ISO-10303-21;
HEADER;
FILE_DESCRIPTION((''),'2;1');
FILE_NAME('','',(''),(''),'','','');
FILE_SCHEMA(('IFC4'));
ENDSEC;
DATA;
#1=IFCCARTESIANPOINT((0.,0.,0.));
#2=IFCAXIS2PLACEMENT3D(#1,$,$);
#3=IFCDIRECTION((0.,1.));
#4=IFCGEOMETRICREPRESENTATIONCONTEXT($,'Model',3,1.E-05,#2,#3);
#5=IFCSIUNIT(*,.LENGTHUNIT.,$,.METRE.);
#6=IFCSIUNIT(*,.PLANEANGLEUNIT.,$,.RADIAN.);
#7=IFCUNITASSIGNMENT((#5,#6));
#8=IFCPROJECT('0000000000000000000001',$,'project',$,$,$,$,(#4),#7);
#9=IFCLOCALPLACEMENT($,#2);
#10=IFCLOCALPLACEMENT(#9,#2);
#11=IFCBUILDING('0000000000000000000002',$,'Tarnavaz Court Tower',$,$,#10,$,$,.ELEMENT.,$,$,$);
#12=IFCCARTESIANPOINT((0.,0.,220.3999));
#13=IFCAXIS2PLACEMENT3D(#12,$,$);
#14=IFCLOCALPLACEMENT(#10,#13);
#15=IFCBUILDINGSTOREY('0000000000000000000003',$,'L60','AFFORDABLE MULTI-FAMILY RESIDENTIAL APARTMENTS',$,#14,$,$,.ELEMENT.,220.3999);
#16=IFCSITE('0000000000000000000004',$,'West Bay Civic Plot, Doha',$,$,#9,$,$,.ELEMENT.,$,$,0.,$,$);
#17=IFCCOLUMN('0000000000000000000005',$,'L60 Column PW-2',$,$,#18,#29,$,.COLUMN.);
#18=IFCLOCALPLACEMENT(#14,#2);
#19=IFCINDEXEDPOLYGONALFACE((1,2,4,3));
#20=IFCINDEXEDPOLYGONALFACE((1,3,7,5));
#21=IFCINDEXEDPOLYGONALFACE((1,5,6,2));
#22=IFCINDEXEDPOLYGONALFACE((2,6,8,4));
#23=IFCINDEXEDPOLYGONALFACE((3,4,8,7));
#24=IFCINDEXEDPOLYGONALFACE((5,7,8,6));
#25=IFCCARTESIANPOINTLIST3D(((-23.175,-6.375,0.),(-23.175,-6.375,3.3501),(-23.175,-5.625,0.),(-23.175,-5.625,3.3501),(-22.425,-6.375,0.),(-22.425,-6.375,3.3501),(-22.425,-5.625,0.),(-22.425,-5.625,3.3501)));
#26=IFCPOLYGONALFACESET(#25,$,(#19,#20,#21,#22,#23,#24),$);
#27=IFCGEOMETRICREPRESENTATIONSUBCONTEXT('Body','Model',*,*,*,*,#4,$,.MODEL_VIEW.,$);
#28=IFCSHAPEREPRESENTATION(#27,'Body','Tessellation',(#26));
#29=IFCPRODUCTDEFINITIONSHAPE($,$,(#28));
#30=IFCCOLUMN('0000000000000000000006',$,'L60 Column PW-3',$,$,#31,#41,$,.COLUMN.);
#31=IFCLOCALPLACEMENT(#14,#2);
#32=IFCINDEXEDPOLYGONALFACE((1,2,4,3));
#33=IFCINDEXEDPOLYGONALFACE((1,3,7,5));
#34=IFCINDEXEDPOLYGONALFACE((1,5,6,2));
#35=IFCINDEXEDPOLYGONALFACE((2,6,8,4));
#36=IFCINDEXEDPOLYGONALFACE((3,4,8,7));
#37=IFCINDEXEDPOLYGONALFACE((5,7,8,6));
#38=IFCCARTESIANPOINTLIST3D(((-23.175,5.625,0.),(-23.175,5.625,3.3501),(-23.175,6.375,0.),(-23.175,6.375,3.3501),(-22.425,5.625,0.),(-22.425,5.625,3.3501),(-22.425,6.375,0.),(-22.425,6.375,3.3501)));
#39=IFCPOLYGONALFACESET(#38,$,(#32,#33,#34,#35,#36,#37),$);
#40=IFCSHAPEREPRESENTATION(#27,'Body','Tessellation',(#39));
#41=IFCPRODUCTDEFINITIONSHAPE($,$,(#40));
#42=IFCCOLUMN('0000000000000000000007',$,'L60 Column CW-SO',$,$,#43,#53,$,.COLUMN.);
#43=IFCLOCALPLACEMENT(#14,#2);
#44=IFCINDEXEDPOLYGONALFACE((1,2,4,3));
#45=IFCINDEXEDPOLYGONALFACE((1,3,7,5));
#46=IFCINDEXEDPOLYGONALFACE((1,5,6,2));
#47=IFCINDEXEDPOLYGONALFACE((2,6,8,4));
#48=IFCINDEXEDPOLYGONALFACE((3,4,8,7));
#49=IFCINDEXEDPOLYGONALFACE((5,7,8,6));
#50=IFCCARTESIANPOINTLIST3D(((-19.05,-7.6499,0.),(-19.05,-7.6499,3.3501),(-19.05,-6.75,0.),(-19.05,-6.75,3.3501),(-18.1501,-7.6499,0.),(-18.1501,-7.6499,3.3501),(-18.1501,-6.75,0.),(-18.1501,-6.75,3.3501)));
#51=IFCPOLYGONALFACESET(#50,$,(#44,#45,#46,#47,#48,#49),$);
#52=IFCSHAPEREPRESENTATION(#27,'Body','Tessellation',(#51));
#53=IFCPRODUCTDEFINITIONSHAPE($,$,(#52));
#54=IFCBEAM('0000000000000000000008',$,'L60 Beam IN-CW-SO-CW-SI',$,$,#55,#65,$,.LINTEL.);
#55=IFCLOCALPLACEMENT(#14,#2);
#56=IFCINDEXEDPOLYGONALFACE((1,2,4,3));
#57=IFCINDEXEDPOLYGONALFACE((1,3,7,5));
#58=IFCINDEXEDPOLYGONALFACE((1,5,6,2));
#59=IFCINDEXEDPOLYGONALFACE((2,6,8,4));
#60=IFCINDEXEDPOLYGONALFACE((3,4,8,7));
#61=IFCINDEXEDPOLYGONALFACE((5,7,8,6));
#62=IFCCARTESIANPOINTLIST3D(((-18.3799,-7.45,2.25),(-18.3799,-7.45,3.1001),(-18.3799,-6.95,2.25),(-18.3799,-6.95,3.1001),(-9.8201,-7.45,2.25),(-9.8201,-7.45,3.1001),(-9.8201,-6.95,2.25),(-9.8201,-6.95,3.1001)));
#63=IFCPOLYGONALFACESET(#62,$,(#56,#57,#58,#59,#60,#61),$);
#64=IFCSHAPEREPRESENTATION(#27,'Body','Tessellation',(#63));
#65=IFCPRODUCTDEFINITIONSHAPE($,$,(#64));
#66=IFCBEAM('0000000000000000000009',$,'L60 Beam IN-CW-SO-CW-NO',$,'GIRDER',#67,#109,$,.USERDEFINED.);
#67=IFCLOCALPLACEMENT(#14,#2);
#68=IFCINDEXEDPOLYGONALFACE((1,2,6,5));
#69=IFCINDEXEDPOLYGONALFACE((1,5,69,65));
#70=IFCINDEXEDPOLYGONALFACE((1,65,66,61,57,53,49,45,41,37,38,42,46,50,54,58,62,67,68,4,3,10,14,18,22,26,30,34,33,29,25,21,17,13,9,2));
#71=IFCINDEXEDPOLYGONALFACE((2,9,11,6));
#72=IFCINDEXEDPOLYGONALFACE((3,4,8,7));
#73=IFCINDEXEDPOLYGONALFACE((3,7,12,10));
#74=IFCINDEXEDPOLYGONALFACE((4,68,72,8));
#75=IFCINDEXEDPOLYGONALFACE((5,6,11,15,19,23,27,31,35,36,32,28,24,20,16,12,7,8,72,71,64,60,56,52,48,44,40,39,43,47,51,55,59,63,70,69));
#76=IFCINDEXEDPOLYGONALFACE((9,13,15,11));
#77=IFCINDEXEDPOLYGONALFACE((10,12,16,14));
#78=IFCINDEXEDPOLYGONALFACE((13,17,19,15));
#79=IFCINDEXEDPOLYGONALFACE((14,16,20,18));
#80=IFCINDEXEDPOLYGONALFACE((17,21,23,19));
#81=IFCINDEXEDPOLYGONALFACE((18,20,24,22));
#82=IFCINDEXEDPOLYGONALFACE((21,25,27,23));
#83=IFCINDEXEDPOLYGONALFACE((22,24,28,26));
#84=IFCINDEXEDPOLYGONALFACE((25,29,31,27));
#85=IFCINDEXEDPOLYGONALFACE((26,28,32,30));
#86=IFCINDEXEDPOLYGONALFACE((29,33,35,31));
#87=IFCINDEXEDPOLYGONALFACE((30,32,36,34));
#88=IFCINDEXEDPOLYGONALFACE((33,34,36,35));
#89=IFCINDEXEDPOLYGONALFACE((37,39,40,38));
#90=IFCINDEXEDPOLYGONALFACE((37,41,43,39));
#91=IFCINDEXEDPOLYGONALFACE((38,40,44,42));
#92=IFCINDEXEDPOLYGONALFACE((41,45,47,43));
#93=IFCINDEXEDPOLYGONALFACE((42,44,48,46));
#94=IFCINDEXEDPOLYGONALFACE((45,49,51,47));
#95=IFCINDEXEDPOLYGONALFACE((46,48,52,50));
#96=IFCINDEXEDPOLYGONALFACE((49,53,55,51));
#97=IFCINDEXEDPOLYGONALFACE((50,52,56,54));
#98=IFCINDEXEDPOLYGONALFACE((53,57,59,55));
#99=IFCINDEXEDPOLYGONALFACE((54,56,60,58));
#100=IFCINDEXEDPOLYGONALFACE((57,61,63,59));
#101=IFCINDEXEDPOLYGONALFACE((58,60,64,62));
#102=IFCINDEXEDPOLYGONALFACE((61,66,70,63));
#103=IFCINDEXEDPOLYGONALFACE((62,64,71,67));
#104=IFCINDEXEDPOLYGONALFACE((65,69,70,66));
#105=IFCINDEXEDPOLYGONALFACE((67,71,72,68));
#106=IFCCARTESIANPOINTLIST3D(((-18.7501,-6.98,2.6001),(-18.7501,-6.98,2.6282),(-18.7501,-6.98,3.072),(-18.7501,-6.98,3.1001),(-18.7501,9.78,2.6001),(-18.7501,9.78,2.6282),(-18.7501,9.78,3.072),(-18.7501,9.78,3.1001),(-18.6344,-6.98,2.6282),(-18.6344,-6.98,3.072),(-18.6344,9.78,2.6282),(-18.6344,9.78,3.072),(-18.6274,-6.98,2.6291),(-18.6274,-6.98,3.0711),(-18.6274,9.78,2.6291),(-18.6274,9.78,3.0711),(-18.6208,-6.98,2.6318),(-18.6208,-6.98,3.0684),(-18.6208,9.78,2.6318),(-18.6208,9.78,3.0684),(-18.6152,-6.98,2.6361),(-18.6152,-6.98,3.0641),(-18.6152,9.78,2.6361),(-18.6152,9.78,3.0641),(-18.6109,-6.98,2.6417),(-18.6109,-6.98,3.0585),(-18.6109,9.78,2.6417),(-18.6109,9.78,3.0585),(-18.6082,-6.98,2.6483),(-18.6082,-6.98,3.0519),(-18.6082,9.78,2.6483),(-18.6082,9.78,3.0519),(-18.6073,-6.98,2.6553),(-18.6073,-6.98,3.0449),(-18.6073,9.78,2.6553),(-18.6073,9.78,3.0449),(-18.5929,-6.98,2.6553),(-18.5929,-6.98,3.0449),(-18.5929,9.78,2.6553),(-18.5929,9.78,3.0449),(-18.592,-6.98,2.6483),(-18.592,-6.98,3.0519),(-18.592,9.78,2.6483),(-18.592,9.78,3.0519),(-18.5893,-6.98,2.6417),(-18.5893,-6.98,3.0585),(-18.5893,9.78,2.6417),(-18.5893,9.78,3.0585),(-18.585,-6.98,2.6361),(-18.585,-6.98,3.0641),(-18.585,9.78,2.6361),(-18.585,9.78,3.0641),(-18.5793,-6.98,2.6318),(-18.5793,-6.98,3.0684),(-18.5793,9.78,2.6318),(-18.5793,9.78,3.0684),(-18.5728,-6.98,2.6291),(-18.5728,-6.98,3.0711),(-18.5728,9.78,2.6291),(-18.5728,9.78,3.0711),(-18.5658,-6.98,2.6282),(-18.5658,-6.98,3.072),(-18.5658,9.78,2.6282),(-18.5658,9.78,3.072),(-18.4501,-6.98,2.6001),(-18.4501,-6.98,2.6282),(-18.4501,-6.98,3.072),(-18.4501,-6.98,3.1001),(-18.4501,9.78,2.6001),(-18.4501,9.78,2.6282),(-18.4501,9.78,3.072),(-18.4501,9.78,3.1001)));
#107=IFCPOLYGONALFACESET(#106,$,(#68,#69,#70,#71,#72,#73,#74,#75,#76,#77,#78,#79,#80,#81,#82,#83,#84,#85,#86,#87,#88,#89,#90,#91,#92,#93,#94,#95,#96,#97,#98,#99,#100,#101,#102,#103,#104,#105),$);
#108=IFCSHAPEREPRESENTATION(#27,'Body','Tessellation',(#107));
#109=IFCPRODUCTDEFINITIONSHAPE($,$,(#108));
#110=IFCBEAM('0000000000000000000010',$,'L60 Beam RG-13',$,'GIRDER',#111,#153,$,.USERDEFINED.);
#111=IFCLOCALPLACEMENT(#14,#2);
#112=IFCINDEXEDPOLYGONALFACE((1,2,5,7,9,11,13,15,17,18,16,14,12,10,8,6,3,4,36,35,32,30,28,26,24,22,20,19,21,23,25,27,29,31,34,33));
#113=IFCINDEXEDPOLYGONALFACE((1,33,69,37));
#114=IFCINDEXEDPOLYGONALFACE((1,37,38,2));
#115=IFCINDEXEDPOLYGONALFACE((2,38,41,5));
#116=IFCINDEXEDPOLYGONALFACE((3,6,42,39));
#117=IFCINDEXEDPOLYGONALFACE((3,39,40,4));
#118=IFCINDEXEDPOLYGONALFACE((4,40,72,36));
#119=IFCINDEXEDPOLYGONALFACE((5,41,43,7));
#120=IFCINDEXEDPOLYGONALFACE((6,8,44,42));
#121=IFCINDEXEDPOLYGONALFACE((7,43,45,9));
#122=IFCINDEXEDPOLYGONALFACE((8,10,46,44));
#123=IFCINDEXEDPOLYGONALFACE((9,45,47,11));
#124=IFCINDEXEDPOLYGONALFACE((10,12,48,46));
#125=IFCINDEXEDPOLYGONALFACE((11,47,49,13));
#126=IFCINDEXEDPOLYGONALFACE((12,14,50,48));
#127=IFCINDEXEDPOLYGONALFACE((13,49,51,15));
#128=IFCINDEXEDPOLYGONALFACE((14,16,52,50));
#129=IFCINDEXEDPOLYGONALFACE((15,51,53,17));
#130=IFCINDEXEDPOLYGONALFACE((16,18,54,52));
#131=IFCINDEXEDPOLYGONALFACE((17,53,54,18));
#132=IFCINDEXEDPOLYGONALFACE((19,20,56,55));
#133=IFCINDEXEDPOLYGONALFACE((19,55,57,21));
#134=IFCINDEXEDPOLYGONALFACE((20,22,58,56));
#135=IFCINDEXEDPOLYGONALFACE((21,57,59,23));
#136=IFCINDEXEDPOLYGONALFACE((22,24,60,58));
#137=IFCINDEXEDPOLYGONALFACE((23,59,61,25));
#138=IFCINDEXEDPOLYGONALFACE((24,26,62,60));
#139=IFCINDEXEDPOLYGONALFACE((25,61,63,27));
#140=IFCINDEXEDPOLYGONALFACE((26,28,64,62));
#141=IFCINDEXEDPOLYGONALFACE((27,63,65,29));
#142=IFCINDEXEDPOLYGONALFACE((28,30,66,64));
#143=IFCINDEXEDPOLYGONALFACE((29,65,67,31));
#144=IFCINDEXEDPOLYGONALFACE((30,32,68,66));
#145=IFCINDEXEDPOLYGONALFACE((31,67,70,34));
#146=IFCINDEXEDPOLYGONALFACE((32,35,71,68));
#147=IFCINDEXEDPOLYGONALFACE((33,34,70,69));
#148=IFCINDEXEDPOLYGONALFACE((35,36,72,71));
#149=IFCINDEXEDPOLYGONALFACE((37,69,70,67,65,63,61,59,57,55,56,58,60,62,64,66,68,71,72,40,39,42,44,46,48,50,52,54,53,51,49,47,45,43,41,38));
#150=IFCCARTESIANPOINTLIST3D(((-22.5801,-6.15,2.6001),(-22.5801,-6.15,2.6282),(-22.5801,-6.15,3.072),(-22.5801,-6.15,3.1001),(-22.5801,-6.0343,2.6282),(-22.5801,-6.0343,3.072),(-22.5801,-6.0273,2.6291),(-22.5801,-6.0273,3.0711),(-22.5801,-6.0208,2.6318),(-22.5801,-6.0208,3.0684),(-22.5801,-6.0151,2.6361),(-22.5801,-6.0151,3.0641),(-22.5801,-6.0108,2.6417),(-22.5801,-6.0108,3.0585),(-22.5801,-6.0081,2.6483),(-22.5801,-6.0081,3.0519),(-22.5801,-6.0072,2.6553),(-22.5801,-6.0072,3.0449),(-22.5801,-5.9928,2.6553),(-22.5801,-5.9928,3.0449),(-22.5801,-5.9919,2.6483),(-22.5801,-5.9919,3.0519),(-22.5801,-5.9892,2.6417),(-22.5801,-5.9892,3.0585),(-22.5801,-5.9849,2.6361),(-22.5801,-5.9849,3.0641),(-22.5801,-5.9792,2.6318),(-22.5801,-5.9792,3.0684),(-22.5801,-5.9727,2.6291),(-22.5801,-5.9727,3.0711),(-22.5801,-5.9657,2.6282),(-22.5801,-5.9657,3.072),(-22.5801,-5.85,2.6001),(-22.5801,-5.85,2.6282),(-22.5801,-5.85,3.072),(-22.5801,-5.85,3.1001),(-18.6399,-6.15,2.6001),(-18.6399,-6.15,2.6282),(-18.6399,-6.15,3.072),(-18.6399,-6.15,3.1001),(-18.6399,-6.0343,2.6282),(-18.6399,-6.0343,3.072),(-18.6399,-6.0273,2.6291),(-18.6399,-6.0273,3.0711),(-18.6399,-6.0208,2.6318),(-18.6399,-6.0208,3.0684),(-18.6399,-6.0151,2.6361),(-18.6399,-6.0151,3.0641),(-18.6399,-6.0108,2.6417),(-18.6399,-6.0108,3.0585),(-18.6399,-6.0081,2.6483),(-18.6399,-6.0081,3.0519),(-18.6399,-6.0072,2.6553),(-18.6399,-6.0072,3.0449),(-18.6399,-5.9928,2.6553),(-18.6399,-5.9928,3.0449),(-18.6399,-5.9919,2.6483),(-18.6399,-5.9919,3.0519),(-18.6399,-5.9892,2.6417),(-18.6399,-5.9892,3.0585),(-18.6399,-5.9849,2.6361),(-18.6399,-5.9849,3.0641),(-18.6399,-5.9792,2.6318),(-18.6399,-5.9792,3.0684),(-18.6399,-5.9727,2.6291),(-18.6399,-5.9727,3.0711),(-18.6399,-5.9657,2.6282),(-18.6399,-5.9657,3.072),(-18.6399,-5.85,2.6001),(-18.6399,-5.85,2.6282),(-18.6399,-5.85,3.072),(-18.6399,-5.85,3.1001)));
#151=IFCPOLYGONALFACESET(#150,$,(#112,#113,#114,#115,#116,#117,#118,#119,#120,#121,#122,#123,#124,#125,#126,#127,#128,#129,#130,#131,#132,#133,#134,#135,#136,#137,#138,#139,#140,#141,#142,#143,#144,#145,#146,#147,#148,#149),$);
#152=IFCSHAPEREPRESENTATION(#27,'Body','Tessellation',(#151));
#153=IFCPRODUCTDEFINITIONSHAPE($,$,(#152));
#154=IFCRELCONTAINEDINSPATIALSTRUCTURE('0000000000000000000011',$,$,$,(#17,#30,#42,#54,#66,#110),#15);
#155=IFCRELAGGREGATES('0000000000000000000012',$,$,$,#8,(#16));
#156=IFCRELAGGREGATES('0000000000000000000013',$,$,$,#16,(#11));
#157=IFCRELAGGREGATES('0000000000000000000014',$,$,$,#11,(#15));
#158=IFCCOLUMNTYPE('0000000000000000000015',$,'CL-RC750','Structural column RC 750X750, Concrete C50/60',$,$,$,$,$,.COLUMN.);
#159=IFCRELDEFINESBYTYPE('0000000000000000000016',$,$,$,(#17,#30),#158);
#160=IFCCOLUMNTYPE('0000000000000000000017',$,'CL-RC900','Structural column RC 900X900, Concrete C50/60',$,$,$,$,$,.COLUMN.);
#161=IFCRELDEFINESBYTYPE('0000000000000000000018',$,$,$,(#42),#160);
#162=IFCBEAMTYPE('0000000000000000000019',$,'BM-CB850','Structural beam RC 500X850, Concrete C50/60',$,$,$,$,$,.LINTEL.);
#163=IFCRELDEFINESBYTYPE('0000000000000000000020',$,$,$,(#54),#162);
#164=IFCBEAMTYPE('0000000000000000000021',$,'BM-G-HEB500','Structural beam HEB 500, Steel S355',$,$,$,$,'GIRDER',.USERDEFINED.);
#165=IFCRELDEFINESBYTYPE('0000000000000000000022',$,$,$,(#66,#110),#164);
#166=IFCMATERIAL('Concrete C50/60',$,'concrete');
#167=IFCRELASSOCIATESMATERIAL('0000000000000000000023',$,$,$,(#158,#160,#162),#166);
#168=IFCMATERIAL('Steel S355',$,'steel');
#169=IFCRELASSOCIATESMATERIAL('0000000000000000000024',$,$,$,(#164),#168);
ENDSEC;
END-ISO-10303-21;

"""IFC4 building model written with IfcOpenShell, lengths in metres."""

from ifc_helpers import new_model, si_unit, direction, frame, origin, origin_2d, place, context, subcontext, project, spatial, rectangle, i_section, extrude, material, material_profile, profile_set, type_object, element, save


model = new_model("IFC4")

# Units and contexts
model_context = context("Model", 3, precision=1e-05, world=origin(), true_north=direction((0.0, 1.0)))
body_context = subcontext(model_context, "Body", "Model", "MODEL_VIEW")
ifc_project = project(units=[si_unit("LENGTHUNIT", "METRE"), si_unit("PLANEANGLEUNIT", "RADIAN")], contexts=[model_context])

# Site, building, storey
site_placement = place(None, origin())
site = spatial("IfcSite", under=ifc_project, at=site_placement, Name="West Bay Civic Plot, Doha", CompositionType="ELEMENT", RefElevation=0.0)
building_placement = place(site_placement, origin())
building = spatial("IfcBuilding", under=site, at=building_placement, Name="Tarnavaz Court Tower", CompositionType="ELEMENT")
storey_placement = place(building_placement, frame((0.0, 0.0, 220.3999)))
storey = spatial("IfcBuildingStorey", under=building, at=storey_placement, Name="L60", Description="AFFORDABLE MULTI-FAMILY RESIDENTIAL APARTMENTS", CompositionType="ELEMENT", Elevation=220.3999)

# Columns
ifc_material_1 = material(Name="Concrete C50/60", Category="concrete")
ifc_material_profile_1 = material_profile(ifc_material_1, rectangle(XDim=0.75, YDim=0.75, at=origin_2d()), Name="RC 750X750")
ifc_profile_set_1 = profile_set([ifc_material_profile_1], Name="Concrete C50/60")
column_type_1 = type_object("IfcColumnType", Name="CL-RC750", Description="Structural column RC 750X750, Concrete C50/60", PredefinedType="COLUMN", material=ifc_profile_set_1)
for number, where, z_axis, x_axis, name in (
    (1, (-22.8, -6.0, 0.0), (0.0, 0.0, 1.0), (1.0, 0.0, 0.0), "L60 Column PW-2"),
    (2, (-22.8, 6.0, 0.0), (0.0, 0.0, 1.0), (1.0, 0.0, 0.0), "L60 Column PW-3"),
):
    element("IfcColumn", number, at=place(storey_placement, frame(where, z_axis=z_axis, x_axis=x_axis)), inside=storey, type_object=column_type_1, Name=name, PredefinedType="COLUMN", context=body_context, shape_type="SweptSolid", body=[
        extrude(rectangle(XDim=0.75, YDim=0.75, at=origin_2d()), origin(), (0.0, 0.0, 1.0), 3.3501),
    ])
ifc_material_profile_2 = material_profile(ifc_material_1, rectangle(XDim=0.8999, YDim=0.8999, at=origin_2d()), Name="RC 900X900")
ifc_profile_set_2 = profile_set([ifc_material_profile_2], Name="Concrete C50/60")
column_type_2 = type_object("IfcColumnType", Name="CL-RC900", Description="Structural column RC 900X900, Concrete C50/60", PredefinedType="COLUMN", material=ifc_profile_set_2)
column_placement = place(storey_placement, frame((-18.6001, -7.2, 0.0), z_axis=(0.0, 0.0, 1.0), x_axis=(1.0, 0.0, 0.0)))
element("IfcColumn", 3, at=column_placement, inside=storey, type_object=column_type_2, Name="L60 Column CW-SO", PredefinedType="COLUMN", context=body_context, shape_type="SweptSolid", body=[
    extrude(rectangle(XDim=0.8999, YDim=0.8999, at=origin_2d()), origin(), (0.0, 0.0, 1.0), 3.3501),
])

# Beams
ifc_material_profile_3 = material_profile(ifc_material_1, rectangle(XDim=0.5, YDim=0.8501, at=origin_2d()), Name="RC 500X850")
ifc_profile_set_3 = profile_set([ifc_material_profile_3], Name="Concrete C50/60")
beam_type_1 = type_object("IfcBeamType", Name="BM-CB850", Description="Structural beam RC 500X850, Concrete C50/60", PredefinedType="LINTEL", material=ifc_profile_set_3)
beam_1_placement = place(storey_placement, frame((-18.3799, -7.2, 2.675), z_axis=(1.0, 0.0, 0.0), x_axis=(0.0, 1.0, 0.0)))
element("IfcBeam", 4, at=beam_1_placement, inside=storey, type_object=beam_type_1, Name="L60 Beam IN-CW-SO-CW-SI", PredefinedType="LINTEL", context=body_context, shape_type="SweptSolid", body=[
    extrude(rectangle(XDim=0.5, YDim=0.8501, at=origin_2d()), origin(), (0.0, 0.0, 1.0), 8.5598),
])
ifc_material_2 = material(Name="Steel S355", Category="steel")
ifc_material_profile_4 = material_profile(ifc_material_2, i_section(OverallWidth=0.3, OverallDepth=0.5, WebThickness=0.0144, FlangeThickness=0.0281, FilletRadius=0.0271, at=origin_2d()), Name="HEB 500")
ifc_profile_set_4 = profile_set([ifc_material_profile_4], Name="Steel S355")
beam_type_2 = type_object("IfcBeamType", Name="BM-G-HEB500", Description="Structural beam HEB 500, Steel S355", ElementType="GIRDER", PredefinedType="USERDEFINED", material=ifc_profile_set_4)
beam_2_placement = place(storey_placement, frame((-18.6001, -6.98, 2.8501), z_axis=(0.0, 1.0, 0.0), x_axis=(-1.0, 0.0, 0.0)))
element("IfcBeam", 5, at=beam_2_placement, inside=storey, type_object=beam_type_2, Name="L60 Beam IN-CW-SO-CW-NO", ObjectType="GIRDER", PredefinedType="USERDEFINED", context=body_context, shape_type="SweptSolid", body=[
    extrude(i_section(OverallWidth=0.3, OverallDepth=0.5, WebThickness=0.0144, FlangeThickness=0.0281, FilletRadius=0.0271, at=origin_2d()), origin(), (0.0, 0.0, 1.0), 16.76),
])
beam_3_placement = place(storey_placement, frame((-18.6399, -6.0, 2.8501), z_axis=(-1.0, 0.0, 0.0), x_axis=(0.0, -1.0, 0.0)))
element("IfcBeam", 6, at=beam_3_placement, inside=storey, type_object=beam_type_2, Name="L60 Beam RG-13", ObjectType="GIRDER", PredefinedType="USERDEFINED", context=body_context, shape_type="SweptSolid", body=[
    extrude(i_section(OverallWidth=0.3, OverallDepth=0.5, WebThickness=0.0144, FlangeThickness=0.0281, FilletRadius=0.0271, at=origin_2d()), origin(), (0.0, 0.0, 1.0), 3.9402),
])

save(model, "model.ifc")
